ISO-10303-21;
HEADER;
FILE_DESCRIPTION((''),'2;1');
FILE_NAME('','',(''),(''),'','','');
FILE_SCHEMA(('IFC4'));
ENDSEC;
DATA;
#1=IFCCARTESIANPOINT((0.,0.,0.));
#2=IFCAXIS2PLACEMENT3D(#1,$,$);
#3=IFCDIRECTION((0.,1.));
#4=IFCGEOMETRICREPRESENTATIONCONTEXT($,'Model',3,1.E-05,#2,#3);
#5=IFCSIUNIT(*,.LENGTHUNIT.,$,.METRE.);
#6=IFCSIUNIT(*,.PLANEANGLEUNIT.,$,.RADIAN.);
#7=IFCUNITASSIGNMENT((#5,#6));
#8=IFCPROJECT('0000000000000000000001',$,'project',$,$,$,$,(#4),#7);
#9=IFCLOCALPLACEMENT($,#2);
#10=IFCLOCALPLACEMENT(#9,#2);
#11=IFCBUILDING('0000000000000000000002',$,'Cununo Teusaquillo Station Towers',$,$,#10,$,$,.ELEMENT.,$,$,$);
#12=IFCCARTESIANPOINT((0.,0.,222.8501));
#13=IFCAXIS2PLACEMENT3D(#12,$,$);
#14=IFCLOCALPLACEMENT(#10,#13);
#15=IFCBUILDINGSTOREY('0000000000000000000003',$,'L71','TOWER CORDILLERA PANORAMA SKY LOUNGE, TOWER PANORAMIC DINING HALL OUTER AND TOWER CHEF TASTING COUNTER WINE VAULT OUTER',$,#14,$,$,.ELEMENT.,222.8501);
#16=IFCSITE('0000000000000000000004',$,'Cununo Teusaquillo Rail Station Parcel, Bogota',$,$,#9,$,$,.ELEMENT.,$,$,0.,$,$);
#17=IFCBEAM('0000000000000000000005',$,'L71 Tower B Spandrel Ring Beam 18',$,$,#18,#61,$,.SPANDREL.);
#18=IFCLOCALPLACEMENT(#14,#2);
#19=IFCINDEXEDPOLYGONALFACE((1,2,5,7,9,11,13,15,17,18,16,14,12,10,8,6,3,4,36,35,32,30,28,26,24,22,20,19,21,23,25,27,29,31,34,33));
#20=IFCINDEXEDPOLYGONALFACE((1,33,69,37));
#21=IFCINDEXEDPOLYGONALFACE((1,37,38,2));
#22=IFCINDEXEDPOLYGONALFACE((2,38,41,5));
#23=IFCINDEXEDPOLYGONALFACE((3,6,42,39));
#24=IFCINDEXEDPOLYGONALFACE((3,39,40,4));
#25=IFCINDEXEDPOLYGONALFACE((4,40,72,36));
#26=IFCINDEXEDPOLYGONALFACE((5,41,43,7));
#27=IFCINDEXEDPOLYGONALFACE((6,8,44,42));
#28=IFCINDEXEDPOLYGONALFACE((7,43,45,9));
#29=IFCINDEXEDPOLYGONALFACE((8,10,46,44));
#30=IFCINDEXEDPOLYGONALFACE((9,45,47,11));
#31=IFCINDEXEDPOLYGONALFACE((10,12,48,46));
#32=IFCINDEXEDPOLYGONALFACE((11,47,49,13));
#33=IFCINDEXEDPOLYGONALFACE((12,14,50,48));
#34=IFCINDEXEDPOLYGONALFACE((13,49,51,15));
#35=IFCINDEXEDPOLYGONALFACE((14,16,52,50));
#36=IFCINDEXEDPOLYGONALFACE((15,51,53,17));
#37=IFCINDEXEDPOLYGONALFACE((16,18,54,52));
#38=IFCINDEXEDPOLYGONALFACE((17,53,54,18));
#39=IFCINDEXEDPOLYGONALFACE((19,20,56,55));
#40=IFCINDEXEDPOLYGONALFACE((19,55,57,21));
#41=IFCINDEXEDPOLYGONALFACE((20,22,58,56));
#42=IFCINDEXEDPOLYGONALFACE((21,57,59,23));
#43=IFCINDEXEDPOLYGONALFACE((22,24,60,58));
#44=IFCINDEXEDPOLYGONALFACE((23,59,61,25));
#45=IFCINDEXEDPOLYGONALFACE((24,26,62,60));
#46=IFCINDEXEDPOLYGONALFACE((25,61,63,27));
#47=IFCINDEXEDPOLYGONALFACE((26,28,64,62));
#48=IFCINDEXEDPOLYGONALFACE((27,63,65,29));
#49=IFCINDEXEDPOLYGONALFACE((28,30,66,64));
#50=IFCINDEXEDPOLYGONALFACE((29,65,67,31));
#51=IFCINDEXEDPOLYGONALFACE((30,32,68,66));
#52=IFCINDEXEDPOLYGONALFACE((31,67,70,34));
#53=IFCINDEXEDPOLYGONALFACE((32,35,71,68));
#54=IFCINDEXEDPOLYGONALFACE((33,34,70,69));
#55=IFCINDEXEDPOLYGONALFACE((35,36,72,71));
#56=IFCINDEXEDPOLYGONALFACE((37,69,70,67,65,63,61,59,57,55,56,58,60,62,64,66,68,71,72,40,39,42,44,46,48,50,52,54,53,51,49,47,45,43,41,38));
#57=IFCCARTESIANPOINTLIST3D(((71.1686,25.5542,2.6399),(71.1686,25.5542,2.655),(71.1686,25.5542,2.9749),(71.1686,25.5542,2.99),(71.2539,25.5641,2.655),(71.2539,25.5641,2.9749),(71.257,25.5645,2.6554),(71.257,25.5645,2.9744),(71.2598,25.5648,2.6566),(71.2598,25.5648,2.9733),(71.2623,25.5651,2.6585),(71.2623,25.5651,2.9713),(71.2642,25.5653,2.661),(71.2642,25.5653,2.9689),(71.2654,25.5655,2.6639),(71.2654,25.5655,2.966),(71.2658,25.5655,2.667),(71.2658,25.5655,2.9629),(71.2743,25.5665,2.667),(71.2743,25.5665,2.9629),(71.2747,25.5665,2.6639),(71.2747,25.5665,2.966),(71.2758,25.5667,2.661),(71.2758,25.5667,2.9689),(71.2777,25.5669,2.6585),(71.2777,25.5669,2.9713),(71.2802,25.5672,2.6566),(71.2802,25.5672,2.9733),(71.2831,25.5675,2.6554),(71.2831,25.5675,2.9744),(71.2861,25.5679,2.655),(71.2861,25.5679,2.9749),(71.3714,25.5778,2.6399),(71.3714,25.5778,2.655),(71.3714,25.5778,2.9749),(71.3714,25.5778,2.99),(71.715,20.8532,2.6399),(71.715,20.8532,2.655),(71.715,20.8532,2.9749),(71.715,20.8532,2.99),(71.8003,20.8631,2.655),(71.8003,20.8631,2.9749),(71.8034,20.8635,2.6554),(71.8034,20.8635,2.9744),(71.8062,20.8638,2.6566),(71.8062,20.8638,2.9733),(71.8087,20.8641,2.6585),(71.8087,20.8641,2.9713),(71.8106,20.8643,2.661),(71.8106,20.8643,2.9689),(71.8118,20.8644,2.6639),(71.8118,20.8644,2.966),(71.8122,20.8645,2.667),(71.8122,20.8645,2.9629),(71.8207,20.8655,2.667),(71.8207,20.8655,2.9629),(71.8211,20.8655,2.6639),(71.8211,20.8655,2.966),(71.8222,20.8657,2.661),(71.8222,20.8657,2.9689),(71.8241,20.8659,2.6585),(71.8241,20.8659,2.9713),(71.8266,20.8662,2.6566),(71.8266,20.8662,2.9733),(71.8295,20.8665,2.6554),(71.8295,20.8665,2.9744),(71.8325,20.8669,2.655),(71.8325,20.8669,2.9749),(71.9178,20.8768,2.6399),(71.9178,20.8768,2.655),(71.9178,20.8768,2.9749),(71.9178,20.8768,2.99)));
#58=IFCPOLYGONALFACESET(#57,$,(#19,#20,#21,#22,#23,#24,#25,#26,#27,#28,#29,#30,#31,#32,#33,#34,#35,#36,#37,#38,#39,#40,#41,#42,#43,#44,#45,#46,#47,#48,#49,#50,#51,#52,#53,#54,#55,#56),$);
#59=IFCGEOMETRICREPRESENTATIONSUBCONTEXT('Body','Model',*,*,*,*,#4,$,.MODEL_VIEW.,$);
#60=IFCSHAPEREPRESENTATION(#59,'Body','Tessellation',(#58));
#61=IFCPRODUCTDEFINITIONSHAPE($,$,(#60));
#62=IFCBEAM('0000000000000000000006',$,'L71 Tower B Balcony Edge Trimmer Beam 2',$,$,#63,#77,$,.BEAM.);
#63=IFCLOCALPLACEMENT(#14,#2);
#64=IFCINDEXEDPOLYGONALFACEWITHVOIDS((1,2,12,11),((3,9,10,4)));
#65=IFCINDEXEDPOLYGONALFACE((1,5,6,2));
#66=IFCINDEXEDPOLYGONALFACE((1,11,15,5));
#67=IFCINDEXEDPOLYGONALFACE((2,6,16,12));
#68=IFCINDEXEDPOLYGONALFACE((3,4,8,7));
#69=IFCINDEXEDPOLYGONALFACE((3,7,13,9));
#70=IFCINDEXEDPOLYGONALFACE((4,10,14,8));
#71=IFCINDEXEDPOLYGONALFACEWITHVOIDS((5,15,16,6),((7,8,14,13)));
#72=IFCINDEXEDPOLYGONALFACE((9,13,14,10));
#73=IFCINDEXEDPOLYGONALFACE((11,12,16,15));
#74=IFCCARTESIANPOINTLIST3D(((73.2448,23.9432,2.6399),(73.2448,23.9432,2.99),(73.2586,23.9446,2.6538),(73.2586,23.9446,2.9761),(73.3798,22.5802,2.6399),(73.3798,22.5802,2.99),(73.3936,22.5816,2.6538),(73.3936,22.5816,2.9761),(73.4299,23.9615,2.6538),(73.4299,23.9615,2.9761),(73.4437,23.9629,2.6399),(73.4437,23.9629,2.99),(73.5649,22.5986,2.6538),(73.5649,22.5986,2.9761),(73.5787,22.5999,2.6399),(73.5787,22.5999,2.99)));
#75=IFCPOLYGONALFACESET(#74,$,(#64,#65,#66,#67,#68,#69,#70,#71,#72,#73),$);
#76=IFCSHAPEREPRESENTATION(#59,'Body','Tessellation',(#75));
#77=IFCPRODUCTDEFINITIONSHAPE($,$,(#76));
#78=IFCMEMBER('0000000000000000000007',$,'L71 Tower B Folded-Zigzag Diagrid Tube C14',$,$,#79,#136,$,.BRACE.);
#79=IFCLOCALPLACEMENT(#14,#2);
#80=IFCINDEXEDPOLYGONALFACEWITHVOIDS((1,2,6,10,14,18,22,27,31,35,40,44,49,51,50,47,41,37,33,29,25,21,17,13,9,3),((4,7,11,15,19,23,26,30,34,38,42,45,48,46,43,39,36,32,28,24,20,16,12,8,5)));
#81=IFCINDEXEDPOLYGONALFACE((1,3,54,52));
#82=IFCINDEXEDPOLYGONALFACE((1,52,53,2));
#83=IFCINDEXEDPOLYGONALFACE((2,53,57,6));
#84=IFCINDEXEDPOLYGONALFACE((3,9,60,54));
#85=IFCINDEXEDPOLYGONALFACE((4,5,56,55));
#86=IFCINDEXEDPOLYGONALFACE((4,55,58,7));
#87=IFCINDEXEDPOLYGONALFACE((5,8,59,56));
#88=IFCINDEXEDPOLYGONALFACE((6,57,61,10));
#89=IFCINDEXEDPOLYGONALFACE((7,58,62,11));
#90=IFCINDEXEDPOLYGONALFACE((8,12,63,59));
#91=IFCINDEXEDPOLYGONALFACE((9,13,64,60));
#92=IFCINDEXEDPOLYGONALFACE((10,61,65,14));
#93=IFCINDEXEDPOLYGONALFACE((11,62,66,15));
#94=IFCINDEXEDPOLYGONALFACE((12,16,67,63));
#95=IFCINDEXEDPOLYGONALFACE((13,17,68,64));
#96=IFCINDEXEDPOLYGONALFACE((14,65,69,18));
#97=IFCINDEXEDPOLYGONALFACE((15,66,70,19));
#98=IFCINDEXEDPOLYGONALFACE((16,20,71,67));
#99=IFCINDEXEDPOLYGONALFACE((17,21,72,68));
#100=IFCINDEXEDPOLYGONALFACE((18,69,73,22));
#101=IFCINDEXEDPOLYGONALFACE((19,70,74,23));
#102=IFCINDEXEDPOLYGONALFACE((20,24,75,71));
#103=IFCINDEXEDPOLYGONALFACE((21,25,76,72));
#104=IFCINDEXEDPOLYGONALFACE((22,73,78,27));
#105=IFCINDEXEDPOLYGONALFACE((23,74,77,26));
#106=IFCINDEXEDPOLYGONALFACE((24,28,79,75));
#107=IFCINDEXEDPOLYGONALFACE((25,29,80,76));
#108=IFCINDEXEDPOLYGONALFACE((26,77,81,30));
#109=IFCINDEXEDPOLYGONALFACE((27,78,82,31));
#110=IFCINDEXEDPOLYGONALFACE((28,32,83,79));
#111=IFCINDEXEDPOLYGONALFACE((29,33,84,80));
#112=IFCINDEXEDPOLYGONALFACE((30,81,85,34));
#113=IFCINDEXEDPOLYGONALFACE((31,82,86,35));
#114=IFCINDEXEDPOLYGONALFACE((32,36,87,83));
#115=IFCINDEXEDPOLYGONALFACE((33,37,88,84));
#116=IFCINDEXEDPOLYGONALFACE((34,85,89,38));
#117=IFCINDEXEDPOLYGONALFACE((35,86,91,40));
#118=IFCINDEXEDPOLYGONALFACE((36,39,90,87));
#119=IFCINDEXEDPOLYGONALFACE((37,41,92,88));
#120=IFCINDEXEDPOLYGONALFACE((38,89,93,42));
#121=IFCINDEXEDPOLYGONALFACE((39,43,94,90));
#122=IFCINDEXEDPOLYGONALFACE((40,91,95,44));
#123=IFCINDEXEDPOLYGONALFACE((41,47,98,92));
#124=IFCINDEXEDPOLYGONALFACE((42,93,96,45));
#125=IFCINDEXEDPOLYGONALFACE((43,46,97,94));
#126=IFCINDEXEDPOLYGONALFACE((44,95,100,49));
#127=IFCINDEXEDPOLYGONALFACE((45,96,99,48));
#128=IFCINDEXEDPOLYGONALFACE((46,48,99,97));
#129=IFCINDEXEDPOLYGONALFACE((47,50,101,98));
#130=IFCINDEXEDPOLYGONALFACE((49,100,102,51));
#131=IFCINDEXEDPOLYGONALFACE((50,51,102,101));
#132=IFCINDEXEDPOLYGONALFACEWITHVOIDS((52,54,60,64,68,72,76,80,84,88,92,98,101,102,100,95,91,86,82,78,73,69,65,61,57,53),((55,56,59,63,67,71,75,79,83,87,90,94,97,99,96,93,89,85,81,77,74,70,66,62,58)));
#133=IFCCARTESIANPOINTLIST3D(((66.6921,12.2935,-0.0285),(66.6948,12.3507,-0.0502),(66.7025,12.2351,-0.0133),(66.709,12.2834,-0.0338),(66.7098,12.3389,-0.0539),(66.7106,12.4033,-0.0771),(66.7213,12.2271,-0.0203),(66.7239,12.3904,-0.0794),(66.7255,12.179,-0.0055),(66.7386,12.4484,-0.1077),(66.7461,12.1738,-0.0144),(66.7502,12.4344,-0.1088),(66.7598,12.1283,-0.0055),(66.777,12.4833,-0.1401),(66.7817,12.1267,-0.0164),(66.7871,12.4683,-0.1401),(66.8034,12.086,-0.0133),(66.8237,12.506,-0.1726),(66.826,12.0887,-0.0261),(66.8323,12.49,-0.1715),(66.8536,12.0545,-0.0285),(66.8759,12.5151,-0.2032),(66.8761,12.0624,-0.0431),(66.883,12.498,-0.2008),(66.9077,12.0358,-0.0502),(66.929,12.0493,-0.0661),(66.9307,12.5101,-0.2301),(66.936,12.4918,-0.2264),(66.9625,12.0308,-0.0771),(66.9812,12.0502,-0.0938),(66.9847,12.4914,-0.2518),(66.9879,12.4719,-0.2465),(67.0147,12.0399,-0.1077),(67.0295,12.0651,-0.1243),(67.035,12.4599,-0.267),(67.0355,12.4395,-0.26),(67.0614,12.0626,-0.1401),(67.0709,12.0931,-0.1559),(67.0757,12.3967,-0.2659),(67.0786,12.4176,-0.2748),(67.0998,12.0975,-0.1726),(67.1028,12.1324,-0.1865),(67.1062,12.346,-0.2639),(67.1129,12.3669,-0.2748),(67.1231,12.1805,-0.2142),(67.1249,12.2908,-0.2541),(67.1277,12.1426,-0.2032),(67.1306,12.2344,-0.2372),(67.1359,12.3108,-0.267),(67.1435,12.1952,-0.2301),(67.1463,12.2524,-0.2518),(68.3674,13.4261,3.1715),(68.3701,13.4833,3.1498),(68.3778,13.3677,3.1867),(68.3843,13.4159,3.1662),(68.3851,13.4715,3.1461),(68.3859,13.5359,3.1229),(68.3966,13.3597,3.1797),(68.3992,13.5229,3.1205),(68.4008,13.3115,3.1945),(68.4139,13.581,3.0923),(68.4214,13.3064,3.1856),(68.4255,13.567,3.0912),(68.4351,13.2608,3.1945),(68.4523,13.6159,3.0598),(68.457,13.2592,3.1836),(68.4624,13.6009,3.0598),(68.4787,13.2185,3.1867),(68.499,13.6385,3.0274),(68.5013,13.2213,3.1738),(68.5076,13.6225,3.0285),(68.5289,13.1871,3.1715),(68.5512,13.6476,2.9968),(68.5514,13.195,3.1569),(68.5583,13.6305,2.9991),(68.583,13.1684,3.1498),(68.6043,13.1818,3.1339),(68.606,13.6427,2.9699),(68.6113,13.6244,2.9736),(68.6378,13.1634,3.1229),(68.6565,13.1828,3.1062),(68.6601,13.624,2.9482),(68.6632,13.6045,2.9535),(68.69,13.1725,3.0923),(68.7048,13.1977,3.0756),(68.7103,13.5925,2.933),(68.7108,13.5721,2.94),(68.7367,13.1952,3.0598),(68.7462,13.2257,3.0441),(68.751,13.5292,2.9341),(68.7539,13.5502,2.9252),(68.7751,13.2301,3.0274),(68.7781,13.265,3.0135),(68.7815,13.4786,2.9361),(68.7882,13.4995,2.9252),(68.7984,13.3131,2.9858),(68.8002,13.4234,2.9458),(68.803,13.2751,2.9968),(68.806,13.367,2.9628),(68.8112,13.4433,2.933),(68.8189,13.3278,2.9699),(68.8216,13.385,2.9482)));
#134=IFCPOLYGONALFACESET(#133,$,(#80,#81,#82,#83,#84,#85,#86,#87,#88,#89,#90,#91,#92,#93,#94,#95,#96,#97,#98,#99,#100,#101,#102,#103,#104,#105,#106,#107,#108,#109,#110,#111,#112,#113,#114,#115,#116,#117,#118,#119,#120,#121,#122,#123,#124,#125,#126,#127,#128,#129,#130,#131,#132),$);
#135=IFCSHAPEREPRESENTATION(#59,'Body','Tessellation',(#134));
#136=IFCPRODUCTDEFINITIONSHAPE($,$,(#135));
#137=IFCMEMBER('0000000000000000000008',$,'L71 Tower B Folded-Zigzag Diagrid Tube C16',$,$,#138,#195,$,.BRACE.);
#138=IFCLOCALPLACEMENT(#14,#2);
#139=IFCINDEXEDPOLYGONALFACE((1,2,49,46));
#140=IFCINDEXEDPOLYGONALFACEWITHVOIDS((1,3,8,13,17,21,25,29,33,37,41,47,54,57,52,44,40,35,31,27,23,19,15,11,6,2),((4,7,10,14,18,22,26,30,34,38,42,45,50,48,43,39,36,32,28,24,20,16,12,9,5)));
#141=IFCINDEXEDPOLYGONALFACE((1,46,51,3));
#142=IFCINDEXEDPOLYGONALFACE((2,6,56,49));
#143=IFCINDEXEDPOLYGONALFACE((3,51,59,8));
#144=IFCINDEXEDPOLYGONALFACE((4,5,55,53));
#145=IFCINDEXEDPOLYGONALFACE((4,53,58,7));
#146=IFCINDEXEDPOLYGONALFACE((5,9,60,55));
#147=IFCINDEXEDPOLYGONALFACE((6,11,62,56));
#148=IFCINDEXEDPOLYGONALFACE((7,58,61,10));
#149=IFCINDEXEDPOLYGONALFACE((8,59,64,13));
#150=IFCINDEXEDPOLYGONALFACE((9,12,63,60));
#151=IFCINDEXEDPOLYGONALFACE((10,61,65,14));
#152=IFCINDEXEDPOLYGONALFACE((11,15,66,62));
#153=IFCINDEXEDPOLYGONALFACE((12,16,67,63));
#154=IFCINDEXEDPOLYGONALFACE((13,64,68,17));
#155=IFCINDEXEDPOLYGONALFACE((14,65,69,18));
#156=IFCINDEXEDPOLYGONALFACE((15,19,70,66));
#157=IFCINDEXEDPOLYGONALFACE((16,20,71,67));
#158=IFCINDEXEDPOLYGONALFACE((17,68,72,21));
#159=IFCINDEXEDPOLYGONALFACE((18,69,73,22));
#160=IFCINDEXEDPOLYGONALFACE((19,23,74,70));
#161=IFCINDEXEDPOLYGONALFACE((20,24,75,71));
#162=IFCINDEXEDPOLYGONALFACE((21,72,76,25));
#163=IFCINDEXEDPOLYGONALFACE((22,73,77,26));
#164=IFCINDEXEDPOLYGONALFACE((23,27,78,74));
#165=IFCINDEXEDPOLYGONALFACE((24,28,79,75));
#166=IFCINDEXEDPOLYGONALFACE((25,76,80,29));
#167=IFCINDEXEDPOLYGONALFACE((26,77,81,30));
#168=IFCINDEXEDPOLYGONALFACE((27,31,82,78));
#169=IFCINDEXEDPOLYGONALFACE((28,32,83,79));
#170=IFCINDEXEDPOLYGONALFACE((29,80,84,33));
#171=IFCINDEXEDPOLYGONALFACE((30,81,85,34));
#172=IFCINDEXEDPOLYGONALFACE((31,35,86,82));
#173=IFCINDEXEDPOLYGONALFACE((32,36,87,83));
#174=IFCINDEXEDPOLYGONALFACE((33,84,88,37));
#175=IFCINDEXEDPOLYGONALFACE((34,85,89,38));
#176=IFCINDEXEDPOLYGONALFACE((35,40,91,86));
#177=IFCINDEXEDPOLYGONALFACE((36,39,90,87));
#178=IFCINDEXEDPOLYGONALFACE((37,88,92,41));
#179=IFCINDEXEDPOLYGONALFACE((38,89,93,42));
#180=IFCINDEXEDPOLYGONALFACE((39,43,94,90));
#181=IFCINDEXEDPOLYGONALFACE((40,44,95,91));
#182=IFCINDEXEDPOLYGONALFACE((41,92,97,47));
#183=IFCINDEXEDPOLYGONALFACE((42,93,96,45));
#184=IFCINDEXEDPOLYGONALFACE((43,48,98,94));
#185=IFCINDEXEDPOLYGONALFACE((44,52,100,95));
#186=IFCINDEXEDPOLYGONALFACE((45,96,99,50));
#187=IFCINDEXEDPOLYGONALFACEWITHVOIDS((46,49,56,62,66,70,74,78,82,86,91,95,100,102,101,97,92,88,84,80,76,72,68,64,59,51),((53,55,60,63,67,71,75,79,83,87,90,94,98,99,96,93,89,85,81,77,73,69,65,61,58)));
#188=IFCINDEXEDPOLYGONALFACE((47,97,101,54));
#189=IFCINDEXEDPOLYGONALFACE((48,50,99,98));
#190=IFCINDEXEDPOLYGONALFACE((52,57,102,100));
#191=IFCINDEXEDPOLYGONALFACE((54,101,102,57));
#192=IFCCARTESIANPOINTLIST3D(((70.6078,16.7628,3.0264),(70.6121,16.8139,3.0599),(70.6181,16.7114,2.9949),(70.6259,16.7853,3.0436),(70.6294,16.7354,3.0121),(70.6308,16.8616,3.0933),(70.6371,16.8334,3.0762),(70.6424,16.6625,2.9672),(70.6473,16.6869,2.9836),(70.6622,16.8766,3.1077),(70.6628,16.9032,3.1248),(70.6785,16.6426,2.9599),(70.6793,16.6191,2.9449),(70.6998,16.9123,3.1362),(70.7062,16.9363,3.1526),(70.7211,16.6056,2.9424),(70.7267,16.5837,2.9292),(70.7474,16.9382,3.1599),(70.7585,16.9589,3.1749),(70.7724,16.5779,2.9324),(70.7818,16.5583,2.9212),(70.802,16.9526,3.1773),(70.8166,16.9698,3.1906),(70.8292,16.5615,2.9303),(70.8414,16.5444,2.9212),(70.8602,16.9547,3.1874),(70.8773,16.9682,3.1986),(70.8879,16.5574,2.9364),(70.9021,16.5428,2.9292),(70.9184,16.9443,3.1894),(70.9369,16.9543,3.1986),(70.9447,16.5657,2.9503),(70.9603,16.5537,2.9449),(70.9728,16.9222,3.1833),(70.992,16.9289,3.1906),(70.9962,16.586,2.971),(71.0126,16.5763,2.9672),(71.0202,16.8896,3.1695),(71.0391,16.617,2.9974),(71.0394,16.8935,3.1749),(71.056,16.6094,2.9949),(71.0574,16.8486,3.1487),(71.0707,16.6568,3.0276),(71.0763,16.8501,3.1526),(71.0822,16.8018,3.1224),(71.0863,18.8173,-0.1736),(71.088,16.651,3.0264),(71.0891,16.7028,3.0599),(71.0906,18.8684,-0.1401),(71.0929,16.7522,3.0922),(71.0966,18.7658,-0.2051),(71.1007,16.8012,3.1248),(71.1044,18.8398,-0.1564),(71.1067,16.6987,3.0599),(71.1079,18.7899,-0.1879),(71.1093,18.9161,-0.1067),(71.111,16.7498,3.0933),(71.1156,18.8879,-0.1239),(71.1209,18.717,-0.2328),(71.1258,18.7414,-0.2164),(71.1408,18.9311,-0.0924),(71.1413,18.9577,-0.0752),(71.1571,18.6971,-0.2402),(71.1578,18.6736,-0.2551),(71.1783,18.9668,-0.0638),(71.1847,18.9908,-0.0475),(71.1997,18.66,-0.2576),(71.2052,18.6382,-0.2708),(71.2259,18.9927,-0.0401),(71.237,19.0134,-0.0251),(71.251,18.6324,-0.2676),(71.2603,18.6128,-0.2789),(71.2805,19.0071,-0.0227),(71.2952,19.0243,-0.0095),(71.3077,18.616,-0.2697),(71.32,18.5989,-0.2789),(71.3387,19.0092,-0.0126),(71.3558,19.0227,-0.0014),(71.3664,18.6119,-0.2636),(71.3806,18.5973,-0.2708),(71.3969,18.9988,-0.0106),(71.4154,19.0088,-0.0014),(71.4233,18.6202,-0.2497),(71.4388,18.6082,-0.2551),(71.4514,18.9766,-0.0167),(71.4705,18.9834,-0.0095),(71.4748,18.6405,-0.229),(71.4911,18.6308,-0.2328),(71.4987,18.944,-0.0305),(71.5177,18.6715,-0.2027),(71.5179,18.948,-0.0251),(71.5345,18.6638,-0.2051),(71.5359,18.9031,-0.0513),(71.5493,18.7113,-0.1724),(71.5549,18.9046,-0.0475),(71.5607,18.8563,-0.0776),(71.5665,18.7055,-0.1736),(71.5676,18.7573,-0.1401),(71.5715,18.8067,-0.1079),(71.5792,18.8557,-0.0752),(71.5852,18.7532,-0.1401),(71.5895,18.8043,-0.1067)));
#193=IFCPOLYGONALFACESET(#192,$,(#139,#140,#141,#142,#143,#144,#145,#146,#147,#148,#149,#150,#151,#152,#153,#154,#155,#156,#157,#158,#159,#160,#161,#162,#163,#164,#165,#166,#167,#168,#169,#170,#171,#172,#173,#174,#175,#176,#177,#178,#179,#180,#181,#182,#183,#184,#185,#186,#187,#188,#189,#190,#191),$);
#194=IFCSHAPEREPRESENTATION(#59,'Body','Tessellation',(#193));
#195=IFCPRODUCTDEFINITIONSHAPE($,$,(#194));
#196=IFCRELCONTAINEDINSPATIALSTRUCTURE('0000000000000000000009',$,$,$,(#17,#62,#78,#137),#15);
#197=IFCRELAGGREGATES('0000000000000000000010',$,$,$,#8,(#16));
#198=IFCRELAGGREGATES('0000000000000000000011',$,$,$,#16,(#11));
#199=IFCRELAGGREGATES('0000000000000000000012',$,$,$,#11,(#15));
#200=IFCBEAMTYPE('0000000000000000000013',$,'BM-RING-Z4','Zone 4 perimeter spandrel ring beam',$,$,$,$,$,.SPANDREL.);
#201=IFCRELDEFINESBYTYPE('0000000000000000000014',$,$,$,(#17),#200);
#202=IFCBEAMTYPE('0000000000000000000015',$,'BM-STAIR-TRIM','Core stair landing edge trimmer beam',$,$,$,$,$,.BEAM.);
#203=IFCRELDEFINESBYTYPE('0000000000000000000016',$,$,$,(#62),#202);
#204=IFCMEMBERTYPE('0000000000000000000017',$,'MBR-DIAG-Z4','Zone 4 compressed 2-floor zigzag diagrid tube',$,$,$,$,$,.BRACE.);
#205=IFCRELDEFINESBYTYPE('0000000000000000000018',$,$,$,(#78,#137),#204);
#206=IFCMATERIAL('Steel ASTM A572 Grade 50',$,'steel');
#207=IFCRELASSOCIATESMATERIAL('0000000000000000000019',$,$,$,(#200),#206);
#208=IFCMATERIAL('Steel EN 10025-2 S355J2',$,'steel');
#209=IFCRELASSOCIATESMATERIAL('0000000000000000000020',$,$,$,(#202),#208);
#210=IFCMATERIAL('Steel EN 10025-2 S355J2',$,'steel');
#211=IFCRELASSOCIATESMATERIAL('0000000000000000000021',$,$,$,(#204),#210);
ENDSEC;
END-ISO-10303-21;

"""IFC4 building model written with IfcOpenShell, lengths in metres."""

from ifc_helpers import new_model, si_unit, direction, frame, origin, origin_2d, place, context, subcontext, project, spatial, hollow_rectangle, hollow_circle, i_section, extrude, material, material_profile, profile_set, type_object, element, save


model = new_model("IFC4")

# Units and contexts
model_context = context("Model", 3, precision=1e-05, world=origin(), true_north=direction((0.0, 1.0)))
body_context = subcontext(model_context, "Body", "Model", "MODEL_VIEW")
ifc_project = project(units=[si_unit("LENGTHUNIT", "METRE"), si_unit("PLANEANGLEUNIT", "RADIAN")], contexts=[model_context])

# Site, building, storey
site_placement = place(None, origin())
site = spatial("IfcSite", under=ifc_project, at=site_placement, Name="Cununo Teusaquillo Rail Station Parcel, Bogota", CompositionType="ELEMENT", RefElevation=0.0)
building_placement = place(site_placement, origin())
building = spatial("IfcBuilding", under=site, at=building_placement, Name="Cununo Teusaquillo Station Towers", CompositionType="ELEMENT")
storey_placement = place(building_placement, frame((0.0, 0.0, 222.8501)))
storey = spatial("IfcBuildingStorey", under=building, at=storey_placement, Name="L71", Description="TOWER CORDILLERA PANORAMA SKY LOUNGE, TOWER PANORAMIC DINING HALL OUTER AND TOWER CHEF TASTING COUNTER WINE VAULT OUTER", CompositionType="ELEMENT", Elevation=222.8501)

# Beams
ifc_material_1 = material(Name="Steel ASTM A572 Grade 50", Category="steel")
ifc_material_profile_1 = material_profile(ifc_material_1, i_section(OverallWidth=0.2041, OverallDepth=0.3501, WebThickness=0.0085, FlangeThickness=0.0151, FilletRadius=0.012, at=origin_2d()), Name="W14X48")
ifc_profile_set_1 = profile_set([ifc_material_profile_1], Name="Steel ASTM A572 Grade 50")
beam_type_1 = type_object("IfcBeamType", Name="BM-RING-Z4", Description="Zone 4 perimeter spandrel ring beam", PredefinedType="SPANDREL", material=ifc_profile_set_1)
beam_1_placement = place(storey_placement, frame((71.8164, 20.865, 2.8149), z_axis=(-0.115452, 0.993313, 0.0), x_axis=(-0.993313, -0.115452, 0.0)))
element("IfcBeam", 1, at=beam_1_placement, inside=storey, type_object=beam_type_1, Name="L71 Tower B Spandrel Ring Beam 18", PredefinedType="SPANDREL", context=body_context, shape_type="SweptSolid", body=[
    extrude(i_section(OverallWidth=0.2041, OverallDepth=0.3501, WebThickness=0.0085, FlangeThickness=0.0151, FilletRadius=0.012, at=origin_2d()), origin(), (0.0, 0.0, 1.0), 4.7327),
])
ifc_material_2 = material(Name="Steel EN 10025-2 S355J2", Category="steel")
ifc_material_profile_2 = material_profile(ifc_material_2, hollow_rectangle(XDim=0.2, YDim=0.3501, WallThickness=0.0139, at=origin_2d()), Name="RHS 350x200x14")
ifc_profile_set_2 = profile_set([ifc_material_profile_2], Name="Steel EN 10025-2 S355J2")
beam_type_2 = type_object("IfcBeamType", Name="BM-STAIR-TRIM", Description="Core stair landing edge trimmer beam", PredefinedType="BEAM", material=ifc_profile_set_2)
beam_2_placement = place(storey_placement, frame((73.4792, 22.5901, 2.8149), z_axis=(-0.098568, 0.99513, 0.0), x_axis=(-0.99513, -0.098568, 0.0)))
element("IfcBeam", 2, at=beam_2_placement, inside=storey, type_object=beam_type_2, Name="L71 Tower B Balcony Edge Trimmer Beam 2", PredefinedType="BEAM", context=body_context, shape_type="SweptSolid", body=[
    extrude(hollow_rectangle(XDim=0.2, YDim=0.3501, WallThickness=0.0139, at=origin_2d()), origin(), (0.0, 0.0, 1.0), 1.3696),
])

# Members
ifc_material_3 = material(Name="Steel EN 10025-2 S355J2", Category="steel")
ifc_material_profile_3 = material_profile(ifc_material_3, hollow_circle(Radius=0.2539, WallThickness=0.0181, at=origin_2d()), Name="CHS 508x18")
ifc_profile_set_3 = profile_set([ifc_material_profile_3], Name="Steel EN 10025-2 S355J2")
member_type = type_object("IfcMemberType", Name="MBR-DIAG-Z4", Description="Zone 4 compressed 2-floor zigzag diagrid tube", PredefinedType="BRACE", material=ifc_profile_set_3)
member_1_placement = place(storey_placement, frame((66.9192, 12.2729, -0.1401), z_axis=(0.442571, 0.299196, 0.845348), x_axis=(-0.560066, 0.828448, 0.0)))
element("IfcMember", 3, at=member_1_placement, inside=storey, type_object=member_type, Name="L71 Tower B Folded-Zigzag Diagrid Tube C14", PredefinedType="BRACE", context=body_context, shape_type="SweptSolid", body=[
    extrude(hollow_circle(Radius=0.2539, WallThickness=0.0181, at=origin_2d()), origin(), (0.0, 0.0, 1.0), 3.7854),
])
member_2_placement = place(storey_placement, frame((71.3379, 18.8108, -0.1401), z_axis=(-0.124852, -0.536034, 0.834913), x_axis=(0.973931, -0.226845, 0.0)))
element("IfcMember", 4, at=member_2_placement, inside=storey, type_object=member_type, Name="L71 Tower B Folded-Zigzag Diagrid Tube C16", PredefinedType="BRACE", context=body_context, shape_type="SweptSolid", body=[
    extrude(hollow_circle(Radius=0.2539, WallThickness=0.0181, at=origin_2d()), origin(), (0.0, 0.0, 1.0), 3.8328),
])

save(model, "model.ifc")
